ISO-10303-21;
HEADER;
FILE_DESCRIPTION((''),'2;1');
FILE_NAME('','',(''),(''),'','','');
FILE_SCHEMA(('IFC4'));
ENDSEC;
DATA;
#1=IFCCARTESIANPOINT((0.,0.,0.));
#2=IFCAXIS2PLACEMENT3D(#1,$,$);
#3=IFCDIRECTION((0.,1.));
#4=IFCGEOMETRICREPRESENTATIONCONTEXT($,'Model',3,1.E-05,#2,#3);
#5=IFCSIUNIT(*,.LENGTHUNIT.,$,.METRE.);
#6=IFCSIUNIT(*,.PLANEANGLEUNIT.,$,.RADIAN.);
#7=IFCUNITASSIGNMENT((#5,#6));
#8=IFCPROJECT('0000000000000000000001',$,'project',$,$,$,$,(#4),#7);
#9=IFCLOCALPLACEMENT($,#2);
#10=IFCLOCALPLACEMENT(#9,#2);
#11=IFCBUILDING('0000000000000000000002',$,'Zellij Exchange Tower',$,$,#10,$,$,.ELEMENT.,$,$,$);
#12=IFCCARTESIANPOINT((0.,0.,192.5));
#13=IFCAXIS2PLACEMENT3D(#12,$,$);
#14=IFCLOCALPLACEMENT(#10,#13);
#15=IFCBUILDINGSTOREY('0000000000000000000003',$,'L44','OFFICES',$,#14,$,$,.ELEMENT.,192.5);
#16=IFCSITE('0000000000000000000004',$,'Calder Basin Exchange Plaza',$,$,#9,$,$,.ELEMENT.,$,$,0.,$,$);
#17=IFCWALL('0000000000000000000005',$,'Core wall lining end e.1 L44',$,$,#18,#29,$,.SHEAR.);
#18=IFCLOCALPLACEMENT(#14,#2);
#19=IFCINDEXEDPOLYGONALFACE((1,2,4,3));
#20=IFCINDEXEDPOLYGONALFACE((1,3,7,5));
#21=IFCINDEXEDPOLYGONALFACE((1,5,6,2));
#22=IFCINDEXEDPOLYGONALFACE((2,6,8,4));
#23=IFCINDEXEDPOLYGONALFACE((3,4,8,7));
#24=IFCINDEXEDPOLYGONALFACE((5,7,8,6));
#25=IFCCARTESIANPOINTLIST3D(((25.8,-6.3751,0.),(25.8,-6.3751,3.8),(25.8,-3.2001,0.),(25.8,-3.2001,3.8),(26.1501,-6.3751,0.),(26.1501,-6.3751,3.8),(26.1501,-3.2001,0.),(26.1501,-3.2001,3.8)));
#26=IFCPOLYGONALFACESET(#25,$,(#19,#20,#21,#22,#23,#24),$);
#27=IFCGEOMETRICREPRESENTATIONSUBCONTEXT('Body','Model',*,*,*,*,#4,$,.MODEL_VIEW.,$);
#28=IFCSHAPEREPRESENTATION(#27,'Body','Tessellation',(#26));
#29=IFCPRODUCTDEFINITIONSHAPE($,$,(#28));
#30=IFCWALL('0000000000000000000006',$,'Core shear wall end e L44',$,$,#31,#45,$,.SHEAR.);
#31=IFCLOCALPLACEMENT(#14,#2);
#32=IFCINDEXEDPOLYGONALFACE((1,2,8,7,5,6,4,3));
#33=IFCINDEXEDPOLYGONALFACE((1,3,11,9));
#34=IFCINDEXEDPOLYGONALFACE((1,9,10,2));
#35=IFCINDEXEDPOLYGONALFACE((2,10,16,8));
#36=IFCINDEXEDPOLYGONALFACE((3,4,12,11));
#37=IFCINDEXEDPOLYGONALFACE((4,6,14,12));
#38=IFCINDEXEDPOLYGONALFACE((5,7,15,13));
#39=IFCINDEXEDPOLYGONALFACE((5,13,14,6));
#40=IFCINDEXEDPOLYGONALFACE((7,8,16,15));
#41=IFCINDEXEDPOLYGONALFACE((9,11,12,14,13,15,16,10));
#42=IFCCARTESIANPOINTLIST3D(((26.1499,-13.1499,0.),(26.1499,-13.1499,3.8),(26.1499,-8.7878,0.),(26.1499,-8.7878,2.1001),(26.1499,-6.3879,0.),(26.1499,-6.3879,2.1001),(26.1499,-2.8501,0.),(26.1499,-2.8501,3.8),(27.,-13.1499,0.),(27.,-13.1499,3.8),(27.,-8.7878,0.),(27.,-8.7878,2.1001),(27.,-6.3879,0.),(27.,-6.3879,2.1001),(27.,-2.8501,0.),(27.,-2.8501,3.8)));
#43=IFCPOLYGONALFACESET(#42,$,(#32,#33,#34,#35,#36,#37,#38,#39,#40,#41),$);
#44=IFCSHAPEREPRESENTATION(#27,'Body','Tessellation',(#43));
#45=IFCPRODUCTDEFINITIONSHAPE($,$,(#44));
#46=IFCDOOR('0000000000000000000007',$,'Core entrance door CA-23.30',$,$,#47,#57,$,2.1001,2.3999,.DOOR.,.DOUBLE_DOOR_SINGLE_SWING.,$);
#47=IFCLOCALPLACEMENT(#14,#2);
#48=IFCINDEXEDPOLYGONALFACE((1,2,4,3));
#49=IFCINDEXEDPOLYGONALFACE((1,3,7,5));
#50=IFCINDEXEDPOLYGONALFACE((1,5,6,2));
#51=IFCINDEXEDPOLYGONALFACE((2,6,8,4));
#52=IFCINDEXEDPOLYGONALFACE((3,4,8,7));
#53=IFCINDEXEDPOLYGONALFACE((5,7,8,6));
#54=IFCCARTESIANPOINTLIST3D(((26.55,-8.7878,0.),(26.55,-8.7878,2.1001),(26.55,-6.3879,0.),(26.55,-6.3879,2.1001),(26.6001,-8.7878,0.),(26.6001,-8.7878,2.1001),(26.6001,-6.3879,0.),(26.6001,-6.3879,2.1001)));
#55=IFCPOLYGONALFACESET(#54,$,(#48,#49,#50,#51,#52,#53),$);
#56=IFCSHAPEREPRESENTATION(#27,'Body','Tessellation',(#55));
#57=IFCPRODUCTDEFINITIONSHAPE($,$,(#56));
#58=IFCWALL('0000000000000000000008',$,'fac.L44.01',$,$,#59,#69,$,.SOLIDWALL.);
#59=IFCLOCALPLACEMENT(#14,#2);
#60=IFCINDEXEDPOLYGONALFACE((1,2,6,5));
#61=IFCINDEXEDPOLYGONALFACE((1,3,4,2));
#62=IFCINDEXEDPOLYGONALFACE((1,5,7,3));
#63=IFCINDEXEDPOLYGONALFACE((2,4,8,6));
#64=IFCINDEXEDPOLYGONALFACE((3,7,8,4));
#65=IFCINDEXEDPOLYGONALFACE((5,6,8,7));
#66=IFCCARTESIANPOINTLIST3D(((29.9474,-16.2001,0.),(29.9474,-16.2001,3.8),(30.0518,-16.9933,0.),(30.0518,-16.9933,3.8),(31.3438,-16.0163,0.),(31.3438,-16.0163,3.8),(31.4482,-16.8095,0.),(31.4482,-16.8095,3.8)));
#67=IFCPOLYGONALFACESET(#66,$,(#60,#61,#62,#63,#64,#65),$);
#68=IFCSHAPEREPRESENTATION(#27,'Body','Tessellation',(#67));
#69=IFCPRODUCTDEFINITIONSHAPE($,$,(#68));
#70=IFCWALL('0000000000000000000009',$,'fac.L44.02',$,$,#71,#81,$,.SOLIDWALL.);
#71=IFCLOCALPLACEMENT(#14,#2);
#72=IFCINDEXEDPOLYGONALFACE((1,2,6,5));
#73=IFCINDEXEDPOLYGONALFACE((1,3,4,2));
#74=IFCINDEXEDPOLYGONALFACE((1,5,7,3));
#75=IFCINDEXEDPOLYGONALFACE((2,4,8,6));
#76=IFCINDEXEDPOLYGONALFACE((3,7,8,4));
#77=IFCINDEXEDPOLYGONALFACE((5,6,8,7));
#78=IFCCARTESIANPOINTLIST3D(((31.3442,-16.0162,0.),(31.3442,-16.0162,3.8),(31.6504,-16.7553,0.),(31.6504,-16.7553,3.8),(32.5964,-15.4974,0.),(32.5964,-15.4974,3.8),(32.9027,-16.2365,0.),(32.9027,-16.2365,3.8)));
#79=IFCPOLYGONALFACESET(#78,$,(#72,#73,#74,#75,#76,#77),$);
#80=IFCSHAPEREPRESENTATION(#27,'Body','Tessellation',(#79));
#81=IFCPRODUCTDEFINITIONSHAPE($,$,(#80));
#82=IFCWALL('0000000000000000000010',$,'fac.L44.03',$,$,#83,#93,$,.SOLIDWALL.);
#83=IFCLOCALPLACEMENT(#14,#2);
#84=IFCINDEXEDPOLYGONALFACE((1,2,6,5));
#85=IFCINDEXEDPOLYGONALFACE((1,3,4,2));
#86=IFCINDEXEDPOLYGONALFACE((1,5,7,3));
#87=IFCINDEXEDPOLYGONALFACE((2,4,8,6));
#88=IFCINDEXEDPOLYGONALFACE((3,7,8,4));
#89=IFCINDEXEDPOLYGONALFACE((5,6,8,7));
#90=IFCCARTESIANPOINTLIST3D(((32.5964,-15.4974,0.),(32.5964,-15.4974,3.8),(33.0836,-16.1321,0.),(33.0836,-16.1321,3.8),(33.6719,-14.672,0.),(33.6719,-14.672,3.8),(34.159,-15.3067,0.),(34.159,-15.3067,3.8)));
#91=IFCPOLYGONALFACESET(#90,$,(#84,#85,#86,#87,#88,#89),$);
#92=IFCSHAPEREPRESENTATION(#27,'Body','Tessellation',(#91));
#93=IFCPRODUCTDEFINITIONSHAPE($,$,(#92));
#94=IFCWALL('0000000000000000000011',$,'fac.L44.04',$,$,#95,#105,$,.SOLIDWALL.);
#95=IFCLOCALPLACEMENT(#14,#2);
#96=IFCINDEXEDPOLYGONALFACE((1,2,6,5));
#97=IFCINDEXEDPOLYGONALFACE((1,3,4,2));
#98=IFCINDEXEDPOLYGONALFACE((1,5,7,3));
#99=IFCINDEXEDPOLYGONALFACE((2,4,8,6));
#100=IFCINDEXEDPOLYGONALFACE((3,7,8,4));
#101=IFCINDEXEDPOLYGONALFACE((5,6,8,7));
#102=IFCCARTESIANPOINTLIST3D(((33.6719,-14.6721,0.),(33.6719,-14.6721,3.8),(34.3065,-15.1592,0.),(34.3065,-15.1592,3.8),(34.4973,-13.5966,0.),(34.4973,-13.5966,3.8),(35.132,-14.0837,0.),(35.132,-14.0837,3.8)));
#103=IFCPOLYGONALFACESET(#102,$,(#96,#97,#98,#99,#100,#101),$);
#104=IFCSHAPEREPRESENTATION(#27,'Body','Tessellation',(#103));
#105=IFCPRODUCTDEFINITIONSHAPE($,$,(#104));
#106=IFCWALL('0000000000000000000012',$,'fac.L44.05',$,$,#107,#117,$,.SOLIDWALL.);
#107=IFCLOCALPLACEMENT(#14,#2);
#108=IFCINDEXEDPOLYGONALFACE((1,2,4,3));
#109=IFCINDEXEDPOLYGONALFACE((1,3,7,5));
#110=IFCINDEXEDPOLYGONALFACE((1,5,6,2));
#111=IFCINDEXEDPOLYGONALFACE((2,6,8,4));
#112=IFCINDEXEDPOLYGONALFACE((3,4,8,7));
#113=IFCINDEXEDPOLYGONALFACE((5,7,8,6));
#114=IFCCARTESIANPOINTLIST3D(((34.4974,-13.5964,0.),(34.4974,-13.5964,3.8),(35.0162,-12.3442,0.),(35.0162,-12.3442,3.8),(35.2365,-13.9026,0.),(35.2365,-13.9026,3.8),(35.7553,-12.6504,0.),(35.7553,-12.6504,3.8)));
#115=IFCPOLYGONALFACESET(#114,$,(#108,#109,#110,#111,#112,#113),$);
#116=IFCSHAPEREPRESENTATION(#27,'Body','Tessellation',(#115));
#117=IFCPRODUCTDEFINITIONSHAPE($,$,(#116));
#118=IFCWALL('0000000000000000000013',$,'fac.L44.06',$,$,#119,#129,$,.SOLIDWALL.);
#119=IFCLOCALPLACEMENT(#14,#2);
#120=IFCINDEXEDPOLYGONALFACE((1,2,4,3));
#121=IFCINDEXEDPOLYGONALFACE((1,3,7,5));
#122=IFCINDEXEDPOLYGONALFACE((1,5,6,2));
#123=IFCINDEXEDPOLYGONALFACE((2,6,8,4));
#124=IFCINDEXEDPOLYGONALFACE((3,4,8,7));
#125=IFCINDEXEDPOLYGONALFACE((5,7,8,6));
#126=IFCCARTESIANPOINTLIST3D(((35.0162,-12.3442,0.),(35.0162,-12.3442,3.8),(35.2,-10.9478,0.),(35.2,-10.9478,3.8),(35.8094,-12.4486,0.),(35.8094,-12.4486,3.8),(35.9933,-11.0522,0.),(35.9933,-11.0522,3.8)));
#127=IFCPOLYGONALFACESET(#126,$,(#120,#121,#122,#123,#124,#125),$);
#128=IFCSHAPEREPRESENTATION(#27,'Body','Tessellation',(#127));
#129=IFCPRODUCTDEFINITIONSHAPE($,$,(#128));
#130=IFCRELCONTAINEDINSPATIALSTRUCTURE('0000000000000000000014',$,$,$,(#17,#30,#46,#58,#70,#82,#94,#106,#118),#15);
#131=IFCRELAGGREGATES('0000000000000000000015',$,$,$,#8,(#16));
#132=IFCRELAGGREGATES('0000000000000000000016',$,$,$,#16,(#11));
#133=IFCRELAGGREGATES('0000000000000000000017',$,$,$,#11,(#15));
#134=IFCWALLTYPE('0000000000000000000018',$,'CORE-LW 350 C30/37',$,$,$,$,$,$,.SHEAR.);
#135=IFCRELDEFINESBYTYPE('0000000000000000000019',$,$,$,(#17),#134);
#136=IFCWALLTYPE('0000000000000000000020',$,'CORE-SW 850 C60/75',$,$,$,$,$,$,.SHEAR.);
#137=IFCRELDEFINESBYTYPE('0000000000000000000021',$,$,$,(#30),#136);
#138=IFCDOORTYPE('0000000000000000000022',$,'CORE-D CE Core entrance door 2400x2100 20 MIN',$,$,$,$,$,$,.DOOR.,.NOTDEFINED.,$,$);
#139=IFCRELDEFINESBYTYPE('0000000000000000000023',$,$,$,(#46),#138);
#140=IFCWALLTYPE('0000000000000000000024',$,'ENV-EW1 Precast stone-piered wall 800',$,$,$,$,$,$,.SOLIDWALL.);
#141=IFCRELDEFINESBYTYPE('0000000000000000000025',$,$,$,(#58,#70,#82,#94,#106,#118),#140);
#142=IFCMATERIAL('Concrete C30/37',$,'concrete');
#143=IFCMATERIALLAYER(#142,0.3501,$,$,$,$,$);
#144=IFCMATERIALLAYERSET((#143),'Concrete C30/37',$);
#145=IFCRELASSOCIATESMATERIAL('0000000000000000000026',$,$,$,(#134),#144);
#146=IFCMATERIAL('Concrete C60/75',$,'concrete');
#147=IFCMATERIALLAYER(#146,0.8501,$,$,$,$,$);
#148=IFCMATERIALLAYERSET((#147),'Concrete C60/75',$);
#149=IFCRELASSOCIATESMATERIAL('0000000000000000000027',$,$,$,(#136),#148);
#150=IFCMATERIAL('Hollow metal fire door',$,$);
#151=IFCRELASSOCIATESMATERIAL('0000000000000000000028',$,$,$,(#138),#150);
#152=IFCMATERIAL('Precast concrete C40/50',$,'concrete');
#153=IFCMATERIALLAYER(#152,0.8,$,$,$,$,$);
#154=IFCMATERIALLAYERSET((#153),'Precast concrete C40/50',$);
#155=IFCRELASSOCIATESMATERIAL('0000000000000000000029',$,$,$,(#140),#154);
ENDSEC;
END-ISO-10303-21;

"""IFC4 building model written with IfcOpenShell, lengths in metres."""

from ifc_helpers import new_model, si_unit, direction, frame, frame_2d, origin, place, context, subcontext, project, spatial, rectangle, extrude, material, layer, layer_set, type_object, element, fill, save


model = new_model("IFC4")

# Units and contexts
model_context = context("Model", 3, precision=1e-05, world=origin(), true_north=direction((0.0, 1.0)))
body_context = subcontext(model_context, "Body", "Model", "MODEL_VIEW")
ifc_project = project(units=[si_unit("LENGTHUNIT", "METRE"), si_unit("PLANEANGLEUNIT", "RADIAN")], contexts=[model_context])

# Site, building, storey
site_placement = place(None, origin())
site = spatial("IfcSite", under=ifc_project, at=site_placement, Name="Calder Basin Exchange Plaza", CompositionType="ELEMENT", RefElevation=0.0)
building_placement = place(site_placement, origin())
building = spatial("IfcBuilding", under=site, at=building_placement, Name="Zellij Exchange Tower", CompositionType="ELEMENT")
storey_placement = place(building_placement, frame((0.0, 0.0, 192.5)))
storey = spatial("IfcBuildingStorey", under=building, at=storey_placement, Name="L44", Description="OFFICES", CompositionType="ELEMENT", Elevation=192.5)

# Shared definitions
ifc_material_1 = material(Name="Concrete C60/75", Category="concrete")

# Wall
ifc_material_2 = material(Name="Concrete C30/37", Category="concrete")
ifc_layer_1 = layer(ifc_material_2, 0.3501)
ifc_layer_set_1 = layer_set([ifc_layer_1], Name="Concrete C30/37")
wall_type_1 = type_object("IfcWallType", Name="CORE-LW 350 C30/37", PredefinedType="SHEAR", material=ifc_layer_set_1)
wall_1_placement = place(storey_placement, frame((25.9751, -6.375, 0.0), z_axis=(0.0, 0.0, 1.0), x_axis=(0.0, 1.0, 0.0)))
element("IfcWall", 1, at=wall_1_placement, inside=storey, type_object=wall_type_1, Name="Core wall lining end e.1 L44", PredefinedType="SHEAR", context=body_context, shape_type="SweptSolid", body=[
    extrude(rectangle(XDim=3.175, YDim=0.3501, at=frame_2d((1.5874, 0.0))), origin(), (0.0, 0.0, 1.0), 3.8),
])

# Wall, opening, door
ifc_layer_2 = layer(ifc_material_1, 0.8501)
ifc_layer_set_2 = layer_set([ifc_layer_2], Name="Concrete C60/75")
wall_type_2 = type_object("IfcWallType", Name="CORE-SW 850 C60/75", PredefinedType="SHEAR", material=ifc_layer_set_2)
wall_2_placement = place(storey_placement, frame((26.575, -13.1499, 0.0), z_axis=(0.0, 0.0, 1.0), x_axis=(0.0, 1.0, 0.0)))
wall_2 = element("IfcWall", 2, at=wall_2_placement, inside=storey, type_object=wall_type_2, Name="Core shear wall end e L44", PredefinedType="SHEAR", context=body_context, shape_type="SweptSolid", body=[
    extrude(rectangle(XDim=10.2998, YDim=0.8501, at=frame_2d((5.1499, 0.0))), origin(), (0.0, 0.0, 1.0), 3.8),
])
opening_1_placement = place(wall_2_placement, frame((4.3621, 0.0, 0.0)))
opening_1 = element("IfcOpeningElement", 3, at=opening_1_placement, cuts=wall_2, PredefinedType="OPENING", context=body_context, shape_type="SweptSolid", body=[
    extrude(rectangle(XDim=2.3999, YDim=2.1001, at=frame_2d((1.2, 1.05))), frame((0.0, 0.437, 0.0), z_axis=(0.0, -1.0, 0.0), x_axis=(1.0, 0.0, 0.0)), (0.0, 0.0, 1.0), 0.874),
])
ifc_material_3 = material(Name="Hollow metal fire door")
door_type_1 = type_object("IfcDoorType", Name="CORE-D CE Core entrance door 2400x2100 20 MIN", OperationType="NOTDEFINED", PredefinedType="DOOR", material=ifc_material_3)
door_1_placement = place(opening_1_placement, origin())
door_1 = element("IfcDoor", 4, at=door_1_placement, inside=storey, type_object=door_type_1, Name="Core entrance door CA-23.30", OperationType="DOUBLE_DOOR_SINGLE_SWING", OverallHeight=2.1001, OverallWidth=2.3999, PredefinedType="DOOR", context=body_context, shape_type="SweptSolid", body=[
    extrude(rectangle(XDim=2.3999, YDim=2.1001, at=frame_2d((1.2, 1.05))), frame((0.0, 0.0249, 0.0), z_axis=(0.0, -1.0, 0.0), x_axis=(1.0, 0.0, 0.0)), (0.0, 0.0, 1.0), 0.05),
])
fill(opening_1, door_1)

# Walls
ifc_material_4 = material(Name="Precast concrete C40/50", Category="concrete")
ifc_layer_3 = layer(ifc_material_4, 0.8)
ifc_layer_set_3 = layer_set([ifc_layer_3], Name="Precast concrete C40/50")
wall_type_3 = type_object("IfcWallType", Name="ENV-EW1 Precast stone-piered wall 800", PredefinedType="SOLIDWALL", material=ifc_layer_set_3)
wall_3_placement = place(storey_placement, frame((29.9998, -16.5967, 0.0), z_axis=(0.0, 0.0, 1.0), x_axis=(0.991446, 0.130517, 0.0)))
element("IfcWall", 5, at=wall_3_placement, inside=storey, type_object=wall_type_3, Name="fac.L44.01", PredefinedType="SOLIDWALL", context=body_context, shape_type="SweptSolid", body=[
    extrude(rectangle(XDim=1.4084, YDim=0.8, at=frame_2d((0.7041, 0.0))), origin(), (0.0, 0.0, 1.0), 3.8),
])
wall_4_placement = place(storey_placement, frame((31.4973, -16.3857, 0.0), z_axis=(0.0, 0.0, 1.0), x_axis=(0.923848, 0.38276, 0.0)))
element("IfcWall", 6, at=wall_4_placement, inside=storey, type_object=wall_type_3, Name="fac.L44.02", PredefinedType="SOLIDWALL", context=body_context, shape_type="SweptSolid", body=[
    extrude(rectangle(XDim=1.3555, YDim=0.8, at=frame_2d((0.6777, 0.0))), origin(), (0.0, 0.0, 1.0), 3.8),
])
for number, where, z_axis, x_axis, name in (
    (7, (32.8401, -15.8147, 0.0), (0.0, 0.0, 1.0), (0.793273, 0.608866, 0.0), "fac.L44.03"),
    (8, (33.9893, -14.9155, 0.0), (0.0, 0.0, 1.0), (0.608866, 0.793273, 0.0), "fac.L44.04"),
):
    element("IfcWall", number, at=place(storey_placement, frame(where, z_axis=z_axis, x_axis=x_axis)), inside=storey, type_object=wall_type_3, Name=name, PredefinedType="SOLIDWALL", context=body_context, shape_type="SweptSolid", body=[
        extrude(rectangle(XDim=1.3557, YDim=0.8, at=frame_2d((0.6777, 0.0))), origin(), (0.0, 0.0, 1.0), 3.8),
    ])
wall_5_placement = place(storey_placement, frame((34.8669, -13.7495, 0.0), z_axis=(0.0, 0.0, 1.0), x_axis=(0.38276, 0.923848, 0.0)))
element("IfcWall", 9, at=wall_5_placement, inside=storey, type_object=wall_type_3, Name="fac.L44.05", PredefinedType="SOLIDWALL", context=body_context, shape_type="SweptSolid", body=[
    extrude(rectangle(XDim=1.3555, YDim=0.8, at=frame_2d((0.6777, 0.0))), origin(), (0.0, 0.0, 1.0), 3.8),
])
wall_6_placement = place(storey_placement, frame((35.4128, -12.3962, 0.0), z_axis=(0.0, 0.0, 1.0), x_axis=(0.130517, 0.991446, 0.0)))
element("IfcWall", 10, at=wall_6_placement, inside=storey, type_object=wall_type_3, Name="fac.L44.06", PredefinedType="SOLIDWALL", context=body_context, shape_type="SweptSolid", body=[
    extrude(rectangle(XDim=1.4084, YDim=0.8, at=frame_2d((0.7041, 0.0))), origin(), (0.0, 0.0, 1.0), 3.8),
])

save(model, "model.ifc")
